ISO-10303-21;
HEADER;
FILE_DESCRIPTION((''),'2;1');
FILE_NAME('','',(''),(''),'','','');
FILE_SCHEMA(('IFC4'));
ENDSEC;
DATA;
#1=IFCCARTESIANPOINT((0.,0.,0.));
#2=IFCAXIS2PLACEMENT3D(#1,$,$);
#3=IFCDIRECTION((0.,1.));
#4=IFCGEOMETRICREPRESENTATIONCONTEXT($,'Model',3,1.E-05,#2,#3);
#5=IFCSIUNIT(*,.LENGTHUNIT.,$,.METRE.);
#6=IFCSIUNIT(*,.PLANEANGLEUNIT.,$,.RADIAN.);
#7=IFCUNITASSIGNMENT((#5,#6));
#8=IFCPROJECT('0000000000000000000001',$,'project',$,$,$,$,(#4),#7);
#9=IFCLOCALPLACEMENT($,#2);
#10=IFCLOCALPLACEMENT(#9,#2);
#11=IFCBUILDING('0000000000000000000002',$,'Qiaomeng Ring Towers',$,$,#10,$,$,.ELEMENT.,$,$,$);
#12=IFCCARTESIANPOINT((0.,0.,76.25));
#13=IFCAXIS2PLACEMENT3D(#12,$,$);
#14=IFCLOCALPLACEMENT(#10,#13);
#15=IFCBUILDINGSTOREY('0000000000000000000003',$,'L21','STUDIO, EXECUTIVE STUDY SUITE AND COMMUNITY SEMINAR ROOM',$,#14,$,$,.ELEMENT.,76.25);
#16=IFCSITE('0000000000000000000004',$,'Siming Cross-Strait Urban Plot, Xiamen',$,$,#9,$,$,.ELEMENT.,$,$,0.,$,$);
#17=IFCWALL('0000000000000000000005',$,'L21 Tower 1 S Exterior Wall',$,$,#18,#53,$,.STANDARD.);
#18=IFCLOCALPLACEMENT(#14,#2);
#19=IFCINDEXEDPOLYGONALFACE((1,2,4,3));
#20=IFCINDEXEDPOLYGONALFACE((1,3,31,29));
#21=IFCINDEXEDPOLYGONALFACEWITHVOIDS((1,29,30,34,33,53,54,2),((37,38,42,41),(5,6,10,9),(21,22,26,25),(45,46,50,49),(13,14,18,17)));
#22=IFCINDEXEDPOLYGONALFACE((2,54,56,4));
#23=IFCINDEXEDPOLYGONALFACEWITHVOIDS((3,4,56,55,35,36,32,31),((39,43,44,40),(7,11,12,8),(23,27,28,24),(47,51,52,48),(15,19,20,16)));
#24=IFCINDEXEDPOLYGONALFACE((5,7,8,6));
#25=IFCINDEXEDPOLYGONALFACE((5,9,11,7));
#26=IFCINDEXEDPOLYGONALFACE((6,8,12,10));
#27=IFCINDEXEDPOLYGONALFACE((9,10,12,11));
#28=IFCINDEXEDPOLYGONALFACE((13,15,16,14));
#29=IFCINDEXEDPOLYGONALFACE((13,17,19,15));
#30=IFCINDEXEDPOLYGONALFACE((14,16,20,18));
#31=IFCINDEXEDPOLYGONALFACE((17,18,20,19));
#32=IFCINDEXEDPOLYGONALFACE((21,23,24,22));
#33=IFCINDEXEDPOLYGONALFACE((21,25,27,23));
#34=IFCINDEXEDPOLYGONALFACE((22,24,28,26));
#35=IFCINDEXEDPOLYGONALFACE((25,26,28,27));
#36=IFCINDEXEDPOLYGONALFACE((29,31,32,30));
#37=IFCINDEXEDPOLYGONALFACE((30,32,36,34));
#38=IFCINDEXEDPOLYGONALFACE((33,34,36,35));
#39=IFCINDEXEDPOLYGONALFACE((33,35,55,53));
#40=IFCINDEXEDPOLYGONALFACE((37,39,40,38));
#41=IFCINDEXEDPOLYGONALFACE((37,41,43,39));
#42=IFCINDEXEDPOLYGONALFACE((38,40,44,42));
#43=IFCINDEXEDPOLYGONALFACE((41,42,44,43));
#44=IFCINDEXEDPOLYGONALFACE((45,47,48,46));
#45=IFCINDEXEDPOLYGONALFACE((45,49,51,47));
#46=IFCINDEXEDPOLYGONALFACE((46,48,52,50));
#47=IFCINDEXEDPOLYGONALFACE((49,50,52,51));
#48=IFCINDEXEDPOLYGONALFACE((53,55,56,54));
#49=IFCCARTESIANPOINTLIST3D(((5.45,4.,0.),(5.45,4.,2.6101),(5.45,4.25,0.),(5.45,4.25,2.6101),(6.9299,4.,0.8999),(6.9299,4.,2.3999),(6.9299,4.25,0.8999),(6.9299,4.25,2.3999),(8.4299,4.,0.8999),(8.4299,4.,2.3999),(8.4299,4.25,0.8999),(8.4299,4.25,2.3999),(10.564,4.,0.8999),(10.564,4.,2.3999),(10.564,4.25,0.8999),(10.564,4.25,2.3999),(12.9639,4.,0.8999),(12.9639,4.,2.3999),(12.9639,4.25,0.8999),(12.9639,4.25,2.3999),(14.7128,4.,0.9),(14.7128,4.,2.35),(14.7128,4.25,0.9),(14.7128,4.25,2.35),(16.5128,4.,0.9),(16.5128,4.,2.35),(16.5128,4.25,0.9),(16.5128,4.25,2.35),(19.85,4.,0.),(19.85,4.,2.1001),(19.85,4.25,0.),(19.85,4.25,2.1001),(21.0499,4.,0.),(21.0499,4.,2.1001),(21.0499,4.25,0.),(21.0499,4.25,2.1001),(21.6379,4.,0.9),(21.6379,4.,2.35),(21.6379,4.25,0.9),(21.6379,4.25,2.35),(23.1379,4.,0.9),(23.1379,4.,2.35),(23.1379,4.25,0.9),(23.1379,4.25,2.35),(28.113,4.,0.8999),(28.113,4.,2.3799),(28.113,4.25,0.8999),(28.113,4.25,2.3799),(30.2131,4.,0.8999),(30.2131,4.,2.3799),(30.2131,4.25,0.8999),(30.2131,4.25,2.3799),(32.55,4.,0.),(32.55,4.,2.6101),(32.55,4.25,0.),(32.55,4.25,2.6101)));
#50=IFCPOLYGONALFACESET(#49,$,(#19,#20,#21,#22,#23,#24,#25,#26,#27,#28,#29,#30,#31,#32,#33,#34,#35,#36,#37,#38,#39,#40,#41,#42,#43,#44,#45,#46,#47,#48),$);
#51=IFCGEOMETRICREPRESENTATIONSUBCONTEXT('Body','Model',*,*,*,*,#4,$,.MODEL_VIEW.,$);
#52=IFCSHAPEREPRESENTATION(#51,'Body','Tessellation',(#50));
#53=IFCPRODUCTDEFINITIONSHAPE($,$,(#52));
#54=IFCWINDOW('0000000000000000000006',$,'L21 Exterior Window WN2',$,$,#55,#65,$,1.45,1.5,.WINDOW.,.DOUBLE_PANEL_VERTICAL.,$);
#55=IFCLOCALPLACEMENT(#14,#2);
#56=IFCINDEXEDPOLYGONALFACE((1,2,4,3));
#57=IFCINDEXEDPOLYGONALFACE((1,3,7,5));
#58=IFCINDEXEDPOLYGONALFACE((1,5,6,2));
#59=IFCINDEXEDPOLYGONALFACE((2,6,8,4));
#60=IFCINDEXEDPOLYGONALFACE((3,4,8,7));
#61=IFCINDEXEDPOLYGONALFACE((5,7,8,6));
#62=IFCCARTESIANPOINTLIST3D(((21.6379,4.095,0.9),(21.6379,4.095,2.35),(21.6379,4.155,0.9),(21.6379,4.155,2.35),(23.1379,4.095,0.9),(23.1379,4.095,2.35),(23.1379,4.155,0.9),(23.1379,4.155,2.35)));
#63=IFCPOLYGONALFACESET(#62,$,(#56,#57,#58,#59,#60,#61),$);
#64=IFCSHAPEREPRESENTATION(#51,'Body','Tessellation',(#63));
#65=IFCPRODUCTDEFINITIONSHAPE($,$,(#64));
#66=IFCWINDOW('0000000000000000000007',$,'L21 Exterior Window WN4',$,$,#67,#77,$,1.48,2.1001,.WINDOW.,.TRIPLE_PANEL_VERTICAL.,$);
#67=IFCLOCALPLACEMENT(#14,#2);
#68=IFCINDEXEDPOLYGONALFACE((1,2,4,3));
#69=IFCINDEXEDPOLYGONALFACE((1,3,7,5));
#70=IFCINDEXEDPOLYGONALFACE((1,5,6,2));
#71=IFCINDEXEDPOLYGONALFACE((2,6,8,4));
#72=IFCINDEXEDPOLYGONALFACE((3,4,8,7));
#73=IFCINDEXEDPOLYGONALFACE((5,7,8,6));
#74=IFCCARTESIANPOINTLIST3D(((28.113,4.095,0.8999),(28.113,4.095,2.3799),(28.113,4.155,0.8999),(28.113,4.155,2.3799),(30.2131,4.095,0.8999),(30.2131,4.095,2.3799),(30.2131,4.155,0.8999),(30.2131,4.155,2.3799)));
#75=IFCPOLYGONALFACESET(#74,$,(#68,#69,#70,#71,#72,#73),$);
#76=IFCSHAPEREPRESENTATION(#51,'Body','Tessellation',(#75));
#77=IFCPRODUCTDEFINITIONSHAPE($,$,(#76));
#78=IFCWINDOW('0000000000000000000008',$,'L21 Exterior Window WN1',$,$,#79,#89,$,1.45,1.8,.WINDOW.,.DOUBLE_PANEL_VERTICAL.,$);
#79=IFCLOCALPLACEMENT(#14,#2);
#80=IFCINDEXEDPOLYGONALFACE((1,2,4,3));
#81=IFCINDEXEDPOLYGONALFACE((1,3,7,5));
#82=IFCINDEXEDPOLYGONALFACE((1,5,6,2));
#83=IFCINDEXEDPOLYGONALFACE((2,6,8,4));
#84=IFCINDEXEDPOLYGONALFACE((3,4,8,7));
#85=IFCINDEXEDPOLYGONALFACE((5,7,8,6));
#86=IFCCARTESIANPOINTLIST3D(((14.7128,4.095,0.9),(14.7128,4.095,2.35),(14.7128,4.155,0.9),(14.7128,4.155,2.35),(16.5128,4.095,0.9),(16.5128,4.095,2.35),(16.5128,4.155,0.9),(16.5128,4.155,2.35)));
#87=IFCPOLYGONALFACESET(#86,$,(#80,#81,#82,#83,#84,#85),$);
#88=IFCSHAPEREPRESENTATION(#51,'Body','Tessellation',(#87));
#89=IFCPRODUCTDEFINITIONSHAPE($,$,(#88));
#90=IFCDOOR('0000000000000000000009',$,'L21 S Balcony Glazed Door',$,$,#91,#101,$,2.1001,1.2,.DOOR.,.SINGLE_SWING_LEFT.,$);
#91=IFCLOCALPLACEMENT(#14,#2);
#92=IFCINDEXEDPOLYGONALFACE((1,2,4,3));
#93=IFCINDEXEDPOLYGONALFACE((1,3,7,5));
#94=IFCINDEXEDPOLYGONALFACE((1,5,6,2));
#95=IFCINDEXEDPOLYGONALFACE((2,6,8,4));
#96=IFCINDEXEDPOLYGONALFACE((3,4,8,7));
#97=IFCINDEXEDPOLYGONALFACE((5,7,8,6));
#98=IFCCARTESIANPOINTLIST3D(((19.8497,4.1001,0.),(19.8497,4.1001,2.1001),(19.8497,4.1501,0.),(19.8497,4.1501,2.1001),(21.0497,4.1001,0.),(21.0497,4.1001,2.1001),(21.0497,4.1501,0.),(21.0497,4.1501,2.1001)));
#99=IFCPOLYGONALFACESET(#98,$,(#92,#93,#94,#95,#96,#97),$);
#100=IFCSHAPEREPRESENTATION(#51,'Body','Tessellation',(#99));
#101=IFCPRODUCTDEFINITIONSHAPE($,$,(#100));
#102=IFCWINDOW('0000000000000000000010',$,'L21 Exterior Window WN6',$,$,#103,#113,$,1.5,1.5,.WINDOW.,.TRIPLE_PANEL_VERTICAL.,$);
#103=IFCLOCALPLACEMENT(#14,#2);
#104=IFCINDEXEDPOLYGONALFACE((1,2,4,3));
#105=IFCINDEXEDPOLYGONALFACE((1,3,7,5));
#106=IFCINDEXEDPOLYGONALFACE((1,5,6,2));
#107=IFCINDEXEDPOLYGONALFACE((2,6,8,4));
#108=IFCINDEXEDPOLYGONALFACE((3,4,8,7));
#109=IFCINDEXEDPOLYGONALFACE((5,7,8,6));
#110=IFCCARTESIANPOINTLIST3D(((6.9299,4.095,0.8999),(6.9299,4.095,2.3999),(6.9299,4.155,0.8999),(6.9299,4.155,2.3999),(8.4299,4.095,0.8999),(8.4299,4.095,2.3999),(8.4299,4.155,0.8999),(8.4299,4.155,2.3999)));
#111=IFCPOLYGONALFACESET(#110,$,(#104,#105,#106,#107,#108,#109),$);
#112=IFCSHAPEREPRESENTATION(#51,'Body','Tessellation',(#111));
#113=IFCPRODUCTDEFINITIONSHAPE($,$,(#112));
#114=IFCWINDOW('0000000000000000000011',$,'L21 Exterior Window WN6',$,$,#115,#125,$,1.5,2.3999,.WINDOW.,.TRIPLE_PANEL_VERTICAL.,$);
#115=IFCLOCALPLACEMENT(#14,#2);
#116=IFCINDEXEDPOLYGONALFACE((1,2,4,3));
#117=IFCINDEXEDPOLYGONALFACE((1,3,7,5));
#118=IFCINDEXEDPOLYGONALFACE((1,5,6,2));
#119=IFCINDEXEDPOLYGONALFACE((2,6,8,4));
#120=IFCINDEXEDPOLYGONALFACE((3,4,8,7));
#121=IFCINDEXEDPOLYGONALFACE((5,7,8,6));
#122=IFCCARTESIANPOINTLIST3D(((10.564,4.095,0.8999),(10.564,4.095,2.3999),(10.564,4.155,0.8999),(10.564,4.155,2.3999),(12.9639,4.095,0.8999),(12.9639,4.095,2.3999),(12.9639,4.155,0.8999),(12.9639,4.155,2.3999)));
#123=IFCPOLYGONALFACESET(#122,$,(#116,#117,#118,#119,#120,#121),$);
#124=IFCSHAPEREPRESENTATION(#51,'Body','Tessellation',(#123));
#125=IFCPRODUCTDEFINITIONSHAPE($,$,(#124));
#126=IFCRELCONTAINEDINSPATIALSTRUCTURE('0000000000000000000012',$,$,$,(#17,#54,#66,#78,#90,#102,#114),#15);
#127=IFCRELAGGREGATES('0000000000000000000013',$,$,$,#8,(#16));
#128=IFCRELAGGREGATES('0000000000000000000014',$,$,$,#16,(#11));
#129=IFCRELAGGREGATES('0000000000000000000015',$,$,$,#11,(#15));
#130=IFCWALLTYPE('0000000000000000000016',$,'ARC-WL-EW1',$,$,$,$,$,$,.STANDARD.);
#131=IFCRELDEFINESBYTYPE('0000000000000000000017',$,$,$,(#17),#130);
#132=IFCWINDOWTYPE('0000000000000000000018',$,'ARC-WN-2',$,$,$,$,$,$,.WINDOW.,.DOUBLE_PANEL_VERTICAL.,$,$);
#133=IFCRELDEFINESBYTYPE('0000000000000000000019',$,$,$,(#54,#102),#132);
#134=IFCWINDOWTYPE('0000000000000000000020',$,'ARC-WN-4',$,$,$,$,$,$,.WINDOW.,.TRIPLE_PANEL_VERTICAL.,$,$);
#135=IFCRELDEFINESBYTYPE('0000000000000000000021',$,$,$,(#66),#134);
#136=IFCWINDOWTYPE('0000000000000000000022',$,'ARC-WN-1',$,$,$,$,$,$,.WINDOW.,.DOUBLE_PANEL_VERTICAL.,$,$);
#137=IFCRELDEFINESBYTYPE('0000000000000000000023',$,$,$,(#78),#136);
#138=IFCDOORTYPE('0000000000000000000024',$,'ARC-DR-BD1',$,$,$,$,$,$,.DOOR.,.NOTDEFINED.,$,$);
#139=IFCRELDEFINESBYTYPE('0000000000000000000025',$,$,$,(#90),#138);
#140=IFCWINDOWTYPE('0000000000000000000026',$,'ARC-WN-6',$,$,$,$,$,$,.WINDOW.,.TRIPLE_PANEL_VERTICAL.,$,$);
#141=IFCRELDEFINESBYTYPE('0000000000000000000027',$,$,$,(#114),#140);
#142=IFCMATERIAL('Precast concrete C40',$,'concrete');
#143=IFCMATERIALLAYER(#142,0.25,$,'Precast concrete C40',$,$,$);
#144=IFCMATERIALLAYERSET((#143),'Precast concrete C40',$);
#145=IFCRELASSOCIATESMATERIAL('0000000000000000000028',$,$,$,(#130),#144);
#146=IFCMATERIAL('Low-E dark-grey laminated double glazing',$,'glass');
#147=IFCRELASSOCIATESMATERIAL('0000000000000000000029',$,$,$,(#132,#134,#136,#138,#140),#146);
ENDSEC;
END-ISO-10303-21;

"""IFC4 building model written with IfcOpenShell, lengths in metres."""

from ifc_helpers import new_model, si_unit, direction, frame, frame_2d, origin, place, context, subcontext, project, spatial, rectangle, extrude, source, transform, mapped, material, layer, layer_set, type_object, element, fill, save


model = new_model("IFC4")

# Units and contexts
model_context = context("Model", 3, precision=1e-05, world=origin(), true_north=direction((0.0, 1.0)))
body_context = subcontext(model_context, "Body", "Model", "MODEL_VIEW")
ifc_project = project(units=[si_unit("LENGTHUNIT", "METRE"), si_unit("PLANEANGLEUNIT", "RADIAN")], contexts=[model_context])

# Site, building, storey
site_placement = place(None, origin())
site = spatial("IfcSite", under=ifc_project, at=site_placement, Name="Siming Cross-Strait Urban Plot, Xiamen", CompositionType="ELEMENT", RefElevation=0.0)
building_placement = place(site_placement, origin())
building = spatial("IfcBuilding", under=site, at=building_placement, Name="Qiaomeng Ring Towers", CompositionType="ELEMENT")
storey_placement = place(building_placement, frame((0.0, 0.0, 76.25)))
storey = spatial("IfcBuildingStorey", under=building, at=storey_placement, Name="L21", Description="STUDIO, EXECUTIVE STUDY SUITE AND COMMUNITY SEMINAR ROOM", CompositionType="ELEMENT", Elevation=76.25)

# Shared definitions
ifc_material_1 = material(Name="Low-E dark-grey laminated double glazing", Category="glass")

# Wall, openings, windows, door
ifc_material_2 = material(Name="Precast concrete C40", Category="concrete")
ifc_layer_1 = layer(ifc_material_2, 0.25, Name="Precast concrete C40")
ifc_layer_set_1 = layer_set([ifc_layer_1], Name="Precast concrete C40")
wall_type_1 = type_object("IfcWallType", Name="ARC-WL-EW1", PredefinedType="STANDARD", material=ifc_layer_set_1)
wall_1_placement = place(storey_placement, frame((5.45, 4.125, 0.0), z_axis=(0.0, 0.0, 1.0), x_axis=(1.0, 0.0, 0.0)))
wall_1 = element("IfcWall", 1, at=wall_1_placement, inside=storey, type_object=wall_type_1, Name="L21 Tower 1 S Exterior Wall", PredefinedType="STANDARD", context=body_context, shape_type="SweptSolid", body=[
    extrude(rectangle(XDim=27.1001, YDim=0.25, at=frame_2d((13.55, 0.0))), origin(), (0.0, 0.0, 1.0), 2.6101),
])
opening_1_placement = place(wall_1_placement, frame((14.3999, 0.0, 0.0)))
opening_1 = element("IfcOpeningElement", 2, at=opening_1_placement, cuts=wall_1, PredefinedType="OPENING", context=body_context, shape_type="SweptSolid", body=[
    extrude(rectangle(XDim=1.2, YDim=2.1001, at=frame_2d((0.6001, 1.05))), frame((0.0, 0.135, 0.0), z_axis=(0.0, -1.0, 0.0), x_axis=(1.0, 0.0, 0.0)), (0.0, 0.0, 1.0), 0.27),
])
opening_2_placement = place(wall_1_placement, frame((1.48, 0.0, 0.8999)))
opening_2 = element("IfcOpeningElement", 3, at=opening_2_placement, cuts=wall_1, PredefinedType="OPENING", context=body_context, shape_type="SweptSolid", body=[
    extrude(rectangle(XDim=1.5, YDim=1.5, at=frame_2d((0.75, 0.75))), frame((0.0, 0.135, 0.0), z_axis=(0.0, -1.0, 0.0), x_axis=(1.0, 0.0, 0.0)), (0.0, 0.0, 1.0), 0.27),
])
opening_3_placement = place(wall_1_placement, frame((9.2629, 0.0, 0.8999)))
opening_3 = element("IfcOpeningElement", 4, at=opening_3_placement, cuts=wall_1, PredefinedType="OPENING", context=body_context, shape_type="SweptSolid", body=[
    extrude(rectangle(XDim=1.8, YDim=1.45, at=frame_2d((0.8999, 0.7251))), frame((0.0, 0.135, 0.0), z_axis=(0.0, -1.0, 0.0), x_axis=(1.0, 0.0, 0.0)), (0.0, 0.0, 1.0), 0.27),
])
opening_4_placement = place(wall_1_placement, frame((16.188, 0.0, 0.8999)))
opening_4 = element("IfcOpeningElement", 5, at=opening_4_placement, cuts=wall_1, PredefinedType="OPENING", context=body_context, shape_type="SweptSolid", body=[
    extrude(rectangle(XDim=1.5, YDim=1.45, at=frame_2d((0.75, 0.7251))), frame((0.0, 0.135, 0.0), z_axis=(0.0, -1.0, 0.0), x_axis=(1.0, 0.0, 0.0)), (0.0, 0.0, 1.0), 0.27),
])
opening_5_placement = place(wall_1_placement, frame((22.6631, 0.0, 0.8999)))
opening_5 = element("IfcOpeningElement", 6, at=opening_5_placement, cuts=wall_1, PredefinedType="OPENING", context=body_context, shape_type="SweptSolid", body=[
    extrude(rectangle(XDim=2.1001, YDim=1.48, at=frame_2d((1.05, 0.74))), frame((0.0, 0.135, 0.0), z_axis=(0.0, -1.0, 0.0), x_axis=(1.0, 0.0, 0.0)), (0.0, 0.0, 1.0), 0.27),
])
opening_6_placement = place(wall_1_placement, frame((5.114, 0.0, 0.8999)))
opening_6 = element("IfcOpeningElement", 7, at=opening_6_placement, cuts=wall_1, PredefinedType="OPENING", context=body_context, shape_type="SweptSolid", body=[
    extrude(rectangle(XDim=2.3999, YDim=1.5, at=frame_2d((1.2, 0.75))), frame((0.0, 0.135, 0.0), z_axis=(0.0, -1.0, 0.0), x_axis=(1.0, 0.0, 0.0)), (0.0, 0.0, 1.0), 0.27),
])
window_type_1 = type_object("IfcWindowType", Name="ARC-WN-2", PartitioningType="DOUBLE_PANEL_VERTICAL", PredefinedType="WINDOW", material=ifc_material_1)
shared_shape_1 = source(origin(), body_context, "Body", "SweptSolid", [
    extrude(rectangle(XDim=1.5, YDim=1.45, at=frame_2d((0.75, 0.7251))), frame((0.0, 0.03, 0.0), z_axis=(0.0, -1.0, 0.0), x_axis=(1.0, 0.0, 0.0)), (0.0, 0.0, 1.0), 0.0601),
])
window_1_placement = place(opening_4_placement, origin())
window_1 = element("IfcWindow", 8, at=window_1_placement, inside=storey, type_object=window_type_1, Name="L21 Exterior Window WN2", OverallHeight=1.45, OverallWidth=1.5, PartitioningType="DOUBLE_PANEL_VERTICAL", PredefinedType="WINDOW", context=body_context, shape_type="MappedRepresentation", body=[
    mapped(shared_shape_1, transform((0.0, 0.0, 0.0), x_axis=(1.0, 0.0, 0.0), y_axis=(0.0, 1.0, 0.0), z_axis=(0.0, 0.0, 1.0), scale=1.0)),
])
fill(opening_4, window_1)
window_type_2 = type_object("IfcWindowType", Name="ARC-WN-4", PartitioningType="TRIPLE_PANEL_VERTICAL", PredefinedType="WINDOW", material=ifc_material_1)
shared_shape_2 = source(origin(), body_context, "Body", "SweptSolid", [
    extrude(rectangle(XDim=2.1001, YDim=1.48, at=frame_2d((1.05, 0.74))), frame((0.0, 0.03, 0.0), z_axis=(0.0, -1.0, 0.0), x_axis=(1.0, 0.0, 0.0)), (0.0, 0.0, 1.0), 0.0601),
])
window_2_placement = place(opening_5_placement, origin())
window_2 = element("IfcWindow", 9, at=window_2_placement, inside=storey, type_object=window_type_2, Name="L21 Exterior Window WN4", OverallHeight=1.48, OverallWidth=2.1001, PartitioningType="TRIPLE_PANEL_VERTICAL", PredefinedType="WINDOW", context=body_context, shape_type="MappedRepresentation", body=[
    mapped(shared_shape_2, transform((0.0, 0.0, 0.0), x_axis=(1.0, 0.0, 0.0), y_axis=(0.0, 1.0, 0.0), z_axis=(0.0, 0.0, 1.0), scale=1.0)),
])
fill(opening_5, window_2)
window_type_3 = type_object("IfcWindowType", Name="ARC-WN-1", PartitioningType="DOUBLE_PANEL_VERTICAL", PredefinedType="WINDOW", material=ifc_material_1)
shared_shape_3 = source(origin(), body_context, "Body", "SweptSolid", [
    extrude(rectangle(XDim=1.8, YDim=1.45, at=frame_2d((0.8999, 0.7251))), frame((0.0, 0.03, 0.0), z_axis=(0.0, -1.0, 0.0), x_axis=(1.0, 0.0, 0.0)), (0.0, 0.0, 1.0), 0.0601),
])
window_3_placement = place(opening_3_placement, origin())
window_3 = element("IfcWindow", 10, at=window_3_placement, inside=storey, type_object=window_type_3, Name="L21 Exterior Window WN1", OverallHeight=1.45, OverallWidth=1.8, PartitioningType="DOUBLE_PANEL_VERTICAL", PredefinedType="WINDOW", context=body_context, shape_type="MappedRepresentation", body=[
    mapped(shared_shape_3, transform((0.0, 0.0, 0.0), x_axis=(1.0, 0.0, 0.0), y_axis=(0.0, 1.0, 0.0), z_axis=(0.0, 0.0, 1.0), scale=1.0)),
])
fill(opening_3, window_3)
door_type_1 = type_object("IfcDoorType", Name="ARC-DR-BD1", OperationType="NOTDEFINED", PredefinedType="DOOR", material=ifc_material_1)
shared_shape_4 = source(origin(), body_context, "Body", "SweptSolid", [
    extrude(rectangle(XDim=1.2, YDim=2.1001, at=frame_2d((0.6001, 1.05))), frame((0.0, 0.0249, 0.0), z_axis=(0.0, -1.0, 0.0), x_axis=(1.0, 0.0, 0.0)), (0.0, 0.0, 1.0), 0.05),
])
door_1_placement = place(opening_1_placement, frame((1.2, 0.0, 0.0), z_axis=(0.0, 0.0, 1.0), x_axis=(-1.0, 0.0, 0.0)))
door_1 = element("IfcDoor", 11, at=door_1_placement, inside=storey, type_object=door_type_1, Name="L21 S Balcony Glazed Door", OperationType="SINGLE_SWING_LEFT", OverallHeight=2.1001, OverallWidth=1.2, PredefinedType="DOOR", context=body_context, shape_type="MappedRepresentation", body=[
    mapped(shared_shape_4, transform((0.0, 0.0, 0.0), x_axis=(1.0, 0.0, 0.0), y_axis=(0.0, 1.0, 0.0), z_axis=(0.0, 0.0, 1.0), scale=1.0)),
])
fill(opening_1, door_1)
shared_shape_5 = source(origin(), body_context, "Body", "SweptSolid", [
    extrude(rectangle(XDim=1.5, YDim=1.5, at=frame_2d((0.75, 0.75))), frame((0.0, 0.03, 0.0), z_axis=(0.0, -1.0, 0.0), x_axis=(1.0, 0.0, 0.0)), (0.0, 0.0, 1.0), 0.0601),
])
window_4_placement = place(opening_2_placement, origin())
window_4 = element("IfcWindow", 12, at=window_4_placement, inside=storey, type_object=window_type_1, Name="L21 Exterior Window WN6", OverallHeight=1.5, OverallWidth=1.5, PartitioningType="TRIPLE_PANEL_VERTICAL", PredefinedType="WINDOW", context=body_context, shape_type="MappedRepresentation", body=[
    mapped(shared_shape_5, transform((0.0, 0.0, 0.0), x_axis=(1.0, 0.0, 0.0), y_axis=(0.0, 1.0, 0.0), z_axis=(0.0, 0.0, 1.0), scale=1.0)),
])
fill(opening_2, window_4)
window_type_4 = type_object("IfcWindowType", Name="ARC-WN-6", PartitioningType="TRIPLE_PANEL_VERTICAL", PredefinedType="WINDOW", material=ifc_material_1)
shared_shape_6 = source(origin(), body_context, "Body", "SweptSolid", [
    extrude(rectangle(XDim=2.3999, YDim=1.5, at=frame_2d((1.2, 0.75))), frame((0.0, 0.03, 0.0), z_axis=(0.0, -1.0, 0.0), x_axis=(1.0, 0.0, 0.0)), (0.0, 0.0, 1.0), 0.0601),
])
window_5_placement = place(opening_6_placement, origin())
window_5 = element("IfcWindow", 13, at=window_5_placement, inside=storey, type_object=window_type_4, Name="L21 Exterior Window WN6", OverallHeight=1.5, OverallWidth=2.3999, PartitioningType="TRIPLE_PANEL_VERTICAL", PredefinedType="WINDOW", context=body_context, shape_type="MappedRepresentation", body=[
    mapped(shared_shape_6, transform((0.0, 0.0, 0.0), x_axis=(1.0, 0.0, 0.0), y_axis=(0.0, 1.0, 0.0), z_axis=(0.0, 0.0, 1.0), scale=1.0)),
])
fill(opening_6, window_5)

save(model, "model.ifc")
